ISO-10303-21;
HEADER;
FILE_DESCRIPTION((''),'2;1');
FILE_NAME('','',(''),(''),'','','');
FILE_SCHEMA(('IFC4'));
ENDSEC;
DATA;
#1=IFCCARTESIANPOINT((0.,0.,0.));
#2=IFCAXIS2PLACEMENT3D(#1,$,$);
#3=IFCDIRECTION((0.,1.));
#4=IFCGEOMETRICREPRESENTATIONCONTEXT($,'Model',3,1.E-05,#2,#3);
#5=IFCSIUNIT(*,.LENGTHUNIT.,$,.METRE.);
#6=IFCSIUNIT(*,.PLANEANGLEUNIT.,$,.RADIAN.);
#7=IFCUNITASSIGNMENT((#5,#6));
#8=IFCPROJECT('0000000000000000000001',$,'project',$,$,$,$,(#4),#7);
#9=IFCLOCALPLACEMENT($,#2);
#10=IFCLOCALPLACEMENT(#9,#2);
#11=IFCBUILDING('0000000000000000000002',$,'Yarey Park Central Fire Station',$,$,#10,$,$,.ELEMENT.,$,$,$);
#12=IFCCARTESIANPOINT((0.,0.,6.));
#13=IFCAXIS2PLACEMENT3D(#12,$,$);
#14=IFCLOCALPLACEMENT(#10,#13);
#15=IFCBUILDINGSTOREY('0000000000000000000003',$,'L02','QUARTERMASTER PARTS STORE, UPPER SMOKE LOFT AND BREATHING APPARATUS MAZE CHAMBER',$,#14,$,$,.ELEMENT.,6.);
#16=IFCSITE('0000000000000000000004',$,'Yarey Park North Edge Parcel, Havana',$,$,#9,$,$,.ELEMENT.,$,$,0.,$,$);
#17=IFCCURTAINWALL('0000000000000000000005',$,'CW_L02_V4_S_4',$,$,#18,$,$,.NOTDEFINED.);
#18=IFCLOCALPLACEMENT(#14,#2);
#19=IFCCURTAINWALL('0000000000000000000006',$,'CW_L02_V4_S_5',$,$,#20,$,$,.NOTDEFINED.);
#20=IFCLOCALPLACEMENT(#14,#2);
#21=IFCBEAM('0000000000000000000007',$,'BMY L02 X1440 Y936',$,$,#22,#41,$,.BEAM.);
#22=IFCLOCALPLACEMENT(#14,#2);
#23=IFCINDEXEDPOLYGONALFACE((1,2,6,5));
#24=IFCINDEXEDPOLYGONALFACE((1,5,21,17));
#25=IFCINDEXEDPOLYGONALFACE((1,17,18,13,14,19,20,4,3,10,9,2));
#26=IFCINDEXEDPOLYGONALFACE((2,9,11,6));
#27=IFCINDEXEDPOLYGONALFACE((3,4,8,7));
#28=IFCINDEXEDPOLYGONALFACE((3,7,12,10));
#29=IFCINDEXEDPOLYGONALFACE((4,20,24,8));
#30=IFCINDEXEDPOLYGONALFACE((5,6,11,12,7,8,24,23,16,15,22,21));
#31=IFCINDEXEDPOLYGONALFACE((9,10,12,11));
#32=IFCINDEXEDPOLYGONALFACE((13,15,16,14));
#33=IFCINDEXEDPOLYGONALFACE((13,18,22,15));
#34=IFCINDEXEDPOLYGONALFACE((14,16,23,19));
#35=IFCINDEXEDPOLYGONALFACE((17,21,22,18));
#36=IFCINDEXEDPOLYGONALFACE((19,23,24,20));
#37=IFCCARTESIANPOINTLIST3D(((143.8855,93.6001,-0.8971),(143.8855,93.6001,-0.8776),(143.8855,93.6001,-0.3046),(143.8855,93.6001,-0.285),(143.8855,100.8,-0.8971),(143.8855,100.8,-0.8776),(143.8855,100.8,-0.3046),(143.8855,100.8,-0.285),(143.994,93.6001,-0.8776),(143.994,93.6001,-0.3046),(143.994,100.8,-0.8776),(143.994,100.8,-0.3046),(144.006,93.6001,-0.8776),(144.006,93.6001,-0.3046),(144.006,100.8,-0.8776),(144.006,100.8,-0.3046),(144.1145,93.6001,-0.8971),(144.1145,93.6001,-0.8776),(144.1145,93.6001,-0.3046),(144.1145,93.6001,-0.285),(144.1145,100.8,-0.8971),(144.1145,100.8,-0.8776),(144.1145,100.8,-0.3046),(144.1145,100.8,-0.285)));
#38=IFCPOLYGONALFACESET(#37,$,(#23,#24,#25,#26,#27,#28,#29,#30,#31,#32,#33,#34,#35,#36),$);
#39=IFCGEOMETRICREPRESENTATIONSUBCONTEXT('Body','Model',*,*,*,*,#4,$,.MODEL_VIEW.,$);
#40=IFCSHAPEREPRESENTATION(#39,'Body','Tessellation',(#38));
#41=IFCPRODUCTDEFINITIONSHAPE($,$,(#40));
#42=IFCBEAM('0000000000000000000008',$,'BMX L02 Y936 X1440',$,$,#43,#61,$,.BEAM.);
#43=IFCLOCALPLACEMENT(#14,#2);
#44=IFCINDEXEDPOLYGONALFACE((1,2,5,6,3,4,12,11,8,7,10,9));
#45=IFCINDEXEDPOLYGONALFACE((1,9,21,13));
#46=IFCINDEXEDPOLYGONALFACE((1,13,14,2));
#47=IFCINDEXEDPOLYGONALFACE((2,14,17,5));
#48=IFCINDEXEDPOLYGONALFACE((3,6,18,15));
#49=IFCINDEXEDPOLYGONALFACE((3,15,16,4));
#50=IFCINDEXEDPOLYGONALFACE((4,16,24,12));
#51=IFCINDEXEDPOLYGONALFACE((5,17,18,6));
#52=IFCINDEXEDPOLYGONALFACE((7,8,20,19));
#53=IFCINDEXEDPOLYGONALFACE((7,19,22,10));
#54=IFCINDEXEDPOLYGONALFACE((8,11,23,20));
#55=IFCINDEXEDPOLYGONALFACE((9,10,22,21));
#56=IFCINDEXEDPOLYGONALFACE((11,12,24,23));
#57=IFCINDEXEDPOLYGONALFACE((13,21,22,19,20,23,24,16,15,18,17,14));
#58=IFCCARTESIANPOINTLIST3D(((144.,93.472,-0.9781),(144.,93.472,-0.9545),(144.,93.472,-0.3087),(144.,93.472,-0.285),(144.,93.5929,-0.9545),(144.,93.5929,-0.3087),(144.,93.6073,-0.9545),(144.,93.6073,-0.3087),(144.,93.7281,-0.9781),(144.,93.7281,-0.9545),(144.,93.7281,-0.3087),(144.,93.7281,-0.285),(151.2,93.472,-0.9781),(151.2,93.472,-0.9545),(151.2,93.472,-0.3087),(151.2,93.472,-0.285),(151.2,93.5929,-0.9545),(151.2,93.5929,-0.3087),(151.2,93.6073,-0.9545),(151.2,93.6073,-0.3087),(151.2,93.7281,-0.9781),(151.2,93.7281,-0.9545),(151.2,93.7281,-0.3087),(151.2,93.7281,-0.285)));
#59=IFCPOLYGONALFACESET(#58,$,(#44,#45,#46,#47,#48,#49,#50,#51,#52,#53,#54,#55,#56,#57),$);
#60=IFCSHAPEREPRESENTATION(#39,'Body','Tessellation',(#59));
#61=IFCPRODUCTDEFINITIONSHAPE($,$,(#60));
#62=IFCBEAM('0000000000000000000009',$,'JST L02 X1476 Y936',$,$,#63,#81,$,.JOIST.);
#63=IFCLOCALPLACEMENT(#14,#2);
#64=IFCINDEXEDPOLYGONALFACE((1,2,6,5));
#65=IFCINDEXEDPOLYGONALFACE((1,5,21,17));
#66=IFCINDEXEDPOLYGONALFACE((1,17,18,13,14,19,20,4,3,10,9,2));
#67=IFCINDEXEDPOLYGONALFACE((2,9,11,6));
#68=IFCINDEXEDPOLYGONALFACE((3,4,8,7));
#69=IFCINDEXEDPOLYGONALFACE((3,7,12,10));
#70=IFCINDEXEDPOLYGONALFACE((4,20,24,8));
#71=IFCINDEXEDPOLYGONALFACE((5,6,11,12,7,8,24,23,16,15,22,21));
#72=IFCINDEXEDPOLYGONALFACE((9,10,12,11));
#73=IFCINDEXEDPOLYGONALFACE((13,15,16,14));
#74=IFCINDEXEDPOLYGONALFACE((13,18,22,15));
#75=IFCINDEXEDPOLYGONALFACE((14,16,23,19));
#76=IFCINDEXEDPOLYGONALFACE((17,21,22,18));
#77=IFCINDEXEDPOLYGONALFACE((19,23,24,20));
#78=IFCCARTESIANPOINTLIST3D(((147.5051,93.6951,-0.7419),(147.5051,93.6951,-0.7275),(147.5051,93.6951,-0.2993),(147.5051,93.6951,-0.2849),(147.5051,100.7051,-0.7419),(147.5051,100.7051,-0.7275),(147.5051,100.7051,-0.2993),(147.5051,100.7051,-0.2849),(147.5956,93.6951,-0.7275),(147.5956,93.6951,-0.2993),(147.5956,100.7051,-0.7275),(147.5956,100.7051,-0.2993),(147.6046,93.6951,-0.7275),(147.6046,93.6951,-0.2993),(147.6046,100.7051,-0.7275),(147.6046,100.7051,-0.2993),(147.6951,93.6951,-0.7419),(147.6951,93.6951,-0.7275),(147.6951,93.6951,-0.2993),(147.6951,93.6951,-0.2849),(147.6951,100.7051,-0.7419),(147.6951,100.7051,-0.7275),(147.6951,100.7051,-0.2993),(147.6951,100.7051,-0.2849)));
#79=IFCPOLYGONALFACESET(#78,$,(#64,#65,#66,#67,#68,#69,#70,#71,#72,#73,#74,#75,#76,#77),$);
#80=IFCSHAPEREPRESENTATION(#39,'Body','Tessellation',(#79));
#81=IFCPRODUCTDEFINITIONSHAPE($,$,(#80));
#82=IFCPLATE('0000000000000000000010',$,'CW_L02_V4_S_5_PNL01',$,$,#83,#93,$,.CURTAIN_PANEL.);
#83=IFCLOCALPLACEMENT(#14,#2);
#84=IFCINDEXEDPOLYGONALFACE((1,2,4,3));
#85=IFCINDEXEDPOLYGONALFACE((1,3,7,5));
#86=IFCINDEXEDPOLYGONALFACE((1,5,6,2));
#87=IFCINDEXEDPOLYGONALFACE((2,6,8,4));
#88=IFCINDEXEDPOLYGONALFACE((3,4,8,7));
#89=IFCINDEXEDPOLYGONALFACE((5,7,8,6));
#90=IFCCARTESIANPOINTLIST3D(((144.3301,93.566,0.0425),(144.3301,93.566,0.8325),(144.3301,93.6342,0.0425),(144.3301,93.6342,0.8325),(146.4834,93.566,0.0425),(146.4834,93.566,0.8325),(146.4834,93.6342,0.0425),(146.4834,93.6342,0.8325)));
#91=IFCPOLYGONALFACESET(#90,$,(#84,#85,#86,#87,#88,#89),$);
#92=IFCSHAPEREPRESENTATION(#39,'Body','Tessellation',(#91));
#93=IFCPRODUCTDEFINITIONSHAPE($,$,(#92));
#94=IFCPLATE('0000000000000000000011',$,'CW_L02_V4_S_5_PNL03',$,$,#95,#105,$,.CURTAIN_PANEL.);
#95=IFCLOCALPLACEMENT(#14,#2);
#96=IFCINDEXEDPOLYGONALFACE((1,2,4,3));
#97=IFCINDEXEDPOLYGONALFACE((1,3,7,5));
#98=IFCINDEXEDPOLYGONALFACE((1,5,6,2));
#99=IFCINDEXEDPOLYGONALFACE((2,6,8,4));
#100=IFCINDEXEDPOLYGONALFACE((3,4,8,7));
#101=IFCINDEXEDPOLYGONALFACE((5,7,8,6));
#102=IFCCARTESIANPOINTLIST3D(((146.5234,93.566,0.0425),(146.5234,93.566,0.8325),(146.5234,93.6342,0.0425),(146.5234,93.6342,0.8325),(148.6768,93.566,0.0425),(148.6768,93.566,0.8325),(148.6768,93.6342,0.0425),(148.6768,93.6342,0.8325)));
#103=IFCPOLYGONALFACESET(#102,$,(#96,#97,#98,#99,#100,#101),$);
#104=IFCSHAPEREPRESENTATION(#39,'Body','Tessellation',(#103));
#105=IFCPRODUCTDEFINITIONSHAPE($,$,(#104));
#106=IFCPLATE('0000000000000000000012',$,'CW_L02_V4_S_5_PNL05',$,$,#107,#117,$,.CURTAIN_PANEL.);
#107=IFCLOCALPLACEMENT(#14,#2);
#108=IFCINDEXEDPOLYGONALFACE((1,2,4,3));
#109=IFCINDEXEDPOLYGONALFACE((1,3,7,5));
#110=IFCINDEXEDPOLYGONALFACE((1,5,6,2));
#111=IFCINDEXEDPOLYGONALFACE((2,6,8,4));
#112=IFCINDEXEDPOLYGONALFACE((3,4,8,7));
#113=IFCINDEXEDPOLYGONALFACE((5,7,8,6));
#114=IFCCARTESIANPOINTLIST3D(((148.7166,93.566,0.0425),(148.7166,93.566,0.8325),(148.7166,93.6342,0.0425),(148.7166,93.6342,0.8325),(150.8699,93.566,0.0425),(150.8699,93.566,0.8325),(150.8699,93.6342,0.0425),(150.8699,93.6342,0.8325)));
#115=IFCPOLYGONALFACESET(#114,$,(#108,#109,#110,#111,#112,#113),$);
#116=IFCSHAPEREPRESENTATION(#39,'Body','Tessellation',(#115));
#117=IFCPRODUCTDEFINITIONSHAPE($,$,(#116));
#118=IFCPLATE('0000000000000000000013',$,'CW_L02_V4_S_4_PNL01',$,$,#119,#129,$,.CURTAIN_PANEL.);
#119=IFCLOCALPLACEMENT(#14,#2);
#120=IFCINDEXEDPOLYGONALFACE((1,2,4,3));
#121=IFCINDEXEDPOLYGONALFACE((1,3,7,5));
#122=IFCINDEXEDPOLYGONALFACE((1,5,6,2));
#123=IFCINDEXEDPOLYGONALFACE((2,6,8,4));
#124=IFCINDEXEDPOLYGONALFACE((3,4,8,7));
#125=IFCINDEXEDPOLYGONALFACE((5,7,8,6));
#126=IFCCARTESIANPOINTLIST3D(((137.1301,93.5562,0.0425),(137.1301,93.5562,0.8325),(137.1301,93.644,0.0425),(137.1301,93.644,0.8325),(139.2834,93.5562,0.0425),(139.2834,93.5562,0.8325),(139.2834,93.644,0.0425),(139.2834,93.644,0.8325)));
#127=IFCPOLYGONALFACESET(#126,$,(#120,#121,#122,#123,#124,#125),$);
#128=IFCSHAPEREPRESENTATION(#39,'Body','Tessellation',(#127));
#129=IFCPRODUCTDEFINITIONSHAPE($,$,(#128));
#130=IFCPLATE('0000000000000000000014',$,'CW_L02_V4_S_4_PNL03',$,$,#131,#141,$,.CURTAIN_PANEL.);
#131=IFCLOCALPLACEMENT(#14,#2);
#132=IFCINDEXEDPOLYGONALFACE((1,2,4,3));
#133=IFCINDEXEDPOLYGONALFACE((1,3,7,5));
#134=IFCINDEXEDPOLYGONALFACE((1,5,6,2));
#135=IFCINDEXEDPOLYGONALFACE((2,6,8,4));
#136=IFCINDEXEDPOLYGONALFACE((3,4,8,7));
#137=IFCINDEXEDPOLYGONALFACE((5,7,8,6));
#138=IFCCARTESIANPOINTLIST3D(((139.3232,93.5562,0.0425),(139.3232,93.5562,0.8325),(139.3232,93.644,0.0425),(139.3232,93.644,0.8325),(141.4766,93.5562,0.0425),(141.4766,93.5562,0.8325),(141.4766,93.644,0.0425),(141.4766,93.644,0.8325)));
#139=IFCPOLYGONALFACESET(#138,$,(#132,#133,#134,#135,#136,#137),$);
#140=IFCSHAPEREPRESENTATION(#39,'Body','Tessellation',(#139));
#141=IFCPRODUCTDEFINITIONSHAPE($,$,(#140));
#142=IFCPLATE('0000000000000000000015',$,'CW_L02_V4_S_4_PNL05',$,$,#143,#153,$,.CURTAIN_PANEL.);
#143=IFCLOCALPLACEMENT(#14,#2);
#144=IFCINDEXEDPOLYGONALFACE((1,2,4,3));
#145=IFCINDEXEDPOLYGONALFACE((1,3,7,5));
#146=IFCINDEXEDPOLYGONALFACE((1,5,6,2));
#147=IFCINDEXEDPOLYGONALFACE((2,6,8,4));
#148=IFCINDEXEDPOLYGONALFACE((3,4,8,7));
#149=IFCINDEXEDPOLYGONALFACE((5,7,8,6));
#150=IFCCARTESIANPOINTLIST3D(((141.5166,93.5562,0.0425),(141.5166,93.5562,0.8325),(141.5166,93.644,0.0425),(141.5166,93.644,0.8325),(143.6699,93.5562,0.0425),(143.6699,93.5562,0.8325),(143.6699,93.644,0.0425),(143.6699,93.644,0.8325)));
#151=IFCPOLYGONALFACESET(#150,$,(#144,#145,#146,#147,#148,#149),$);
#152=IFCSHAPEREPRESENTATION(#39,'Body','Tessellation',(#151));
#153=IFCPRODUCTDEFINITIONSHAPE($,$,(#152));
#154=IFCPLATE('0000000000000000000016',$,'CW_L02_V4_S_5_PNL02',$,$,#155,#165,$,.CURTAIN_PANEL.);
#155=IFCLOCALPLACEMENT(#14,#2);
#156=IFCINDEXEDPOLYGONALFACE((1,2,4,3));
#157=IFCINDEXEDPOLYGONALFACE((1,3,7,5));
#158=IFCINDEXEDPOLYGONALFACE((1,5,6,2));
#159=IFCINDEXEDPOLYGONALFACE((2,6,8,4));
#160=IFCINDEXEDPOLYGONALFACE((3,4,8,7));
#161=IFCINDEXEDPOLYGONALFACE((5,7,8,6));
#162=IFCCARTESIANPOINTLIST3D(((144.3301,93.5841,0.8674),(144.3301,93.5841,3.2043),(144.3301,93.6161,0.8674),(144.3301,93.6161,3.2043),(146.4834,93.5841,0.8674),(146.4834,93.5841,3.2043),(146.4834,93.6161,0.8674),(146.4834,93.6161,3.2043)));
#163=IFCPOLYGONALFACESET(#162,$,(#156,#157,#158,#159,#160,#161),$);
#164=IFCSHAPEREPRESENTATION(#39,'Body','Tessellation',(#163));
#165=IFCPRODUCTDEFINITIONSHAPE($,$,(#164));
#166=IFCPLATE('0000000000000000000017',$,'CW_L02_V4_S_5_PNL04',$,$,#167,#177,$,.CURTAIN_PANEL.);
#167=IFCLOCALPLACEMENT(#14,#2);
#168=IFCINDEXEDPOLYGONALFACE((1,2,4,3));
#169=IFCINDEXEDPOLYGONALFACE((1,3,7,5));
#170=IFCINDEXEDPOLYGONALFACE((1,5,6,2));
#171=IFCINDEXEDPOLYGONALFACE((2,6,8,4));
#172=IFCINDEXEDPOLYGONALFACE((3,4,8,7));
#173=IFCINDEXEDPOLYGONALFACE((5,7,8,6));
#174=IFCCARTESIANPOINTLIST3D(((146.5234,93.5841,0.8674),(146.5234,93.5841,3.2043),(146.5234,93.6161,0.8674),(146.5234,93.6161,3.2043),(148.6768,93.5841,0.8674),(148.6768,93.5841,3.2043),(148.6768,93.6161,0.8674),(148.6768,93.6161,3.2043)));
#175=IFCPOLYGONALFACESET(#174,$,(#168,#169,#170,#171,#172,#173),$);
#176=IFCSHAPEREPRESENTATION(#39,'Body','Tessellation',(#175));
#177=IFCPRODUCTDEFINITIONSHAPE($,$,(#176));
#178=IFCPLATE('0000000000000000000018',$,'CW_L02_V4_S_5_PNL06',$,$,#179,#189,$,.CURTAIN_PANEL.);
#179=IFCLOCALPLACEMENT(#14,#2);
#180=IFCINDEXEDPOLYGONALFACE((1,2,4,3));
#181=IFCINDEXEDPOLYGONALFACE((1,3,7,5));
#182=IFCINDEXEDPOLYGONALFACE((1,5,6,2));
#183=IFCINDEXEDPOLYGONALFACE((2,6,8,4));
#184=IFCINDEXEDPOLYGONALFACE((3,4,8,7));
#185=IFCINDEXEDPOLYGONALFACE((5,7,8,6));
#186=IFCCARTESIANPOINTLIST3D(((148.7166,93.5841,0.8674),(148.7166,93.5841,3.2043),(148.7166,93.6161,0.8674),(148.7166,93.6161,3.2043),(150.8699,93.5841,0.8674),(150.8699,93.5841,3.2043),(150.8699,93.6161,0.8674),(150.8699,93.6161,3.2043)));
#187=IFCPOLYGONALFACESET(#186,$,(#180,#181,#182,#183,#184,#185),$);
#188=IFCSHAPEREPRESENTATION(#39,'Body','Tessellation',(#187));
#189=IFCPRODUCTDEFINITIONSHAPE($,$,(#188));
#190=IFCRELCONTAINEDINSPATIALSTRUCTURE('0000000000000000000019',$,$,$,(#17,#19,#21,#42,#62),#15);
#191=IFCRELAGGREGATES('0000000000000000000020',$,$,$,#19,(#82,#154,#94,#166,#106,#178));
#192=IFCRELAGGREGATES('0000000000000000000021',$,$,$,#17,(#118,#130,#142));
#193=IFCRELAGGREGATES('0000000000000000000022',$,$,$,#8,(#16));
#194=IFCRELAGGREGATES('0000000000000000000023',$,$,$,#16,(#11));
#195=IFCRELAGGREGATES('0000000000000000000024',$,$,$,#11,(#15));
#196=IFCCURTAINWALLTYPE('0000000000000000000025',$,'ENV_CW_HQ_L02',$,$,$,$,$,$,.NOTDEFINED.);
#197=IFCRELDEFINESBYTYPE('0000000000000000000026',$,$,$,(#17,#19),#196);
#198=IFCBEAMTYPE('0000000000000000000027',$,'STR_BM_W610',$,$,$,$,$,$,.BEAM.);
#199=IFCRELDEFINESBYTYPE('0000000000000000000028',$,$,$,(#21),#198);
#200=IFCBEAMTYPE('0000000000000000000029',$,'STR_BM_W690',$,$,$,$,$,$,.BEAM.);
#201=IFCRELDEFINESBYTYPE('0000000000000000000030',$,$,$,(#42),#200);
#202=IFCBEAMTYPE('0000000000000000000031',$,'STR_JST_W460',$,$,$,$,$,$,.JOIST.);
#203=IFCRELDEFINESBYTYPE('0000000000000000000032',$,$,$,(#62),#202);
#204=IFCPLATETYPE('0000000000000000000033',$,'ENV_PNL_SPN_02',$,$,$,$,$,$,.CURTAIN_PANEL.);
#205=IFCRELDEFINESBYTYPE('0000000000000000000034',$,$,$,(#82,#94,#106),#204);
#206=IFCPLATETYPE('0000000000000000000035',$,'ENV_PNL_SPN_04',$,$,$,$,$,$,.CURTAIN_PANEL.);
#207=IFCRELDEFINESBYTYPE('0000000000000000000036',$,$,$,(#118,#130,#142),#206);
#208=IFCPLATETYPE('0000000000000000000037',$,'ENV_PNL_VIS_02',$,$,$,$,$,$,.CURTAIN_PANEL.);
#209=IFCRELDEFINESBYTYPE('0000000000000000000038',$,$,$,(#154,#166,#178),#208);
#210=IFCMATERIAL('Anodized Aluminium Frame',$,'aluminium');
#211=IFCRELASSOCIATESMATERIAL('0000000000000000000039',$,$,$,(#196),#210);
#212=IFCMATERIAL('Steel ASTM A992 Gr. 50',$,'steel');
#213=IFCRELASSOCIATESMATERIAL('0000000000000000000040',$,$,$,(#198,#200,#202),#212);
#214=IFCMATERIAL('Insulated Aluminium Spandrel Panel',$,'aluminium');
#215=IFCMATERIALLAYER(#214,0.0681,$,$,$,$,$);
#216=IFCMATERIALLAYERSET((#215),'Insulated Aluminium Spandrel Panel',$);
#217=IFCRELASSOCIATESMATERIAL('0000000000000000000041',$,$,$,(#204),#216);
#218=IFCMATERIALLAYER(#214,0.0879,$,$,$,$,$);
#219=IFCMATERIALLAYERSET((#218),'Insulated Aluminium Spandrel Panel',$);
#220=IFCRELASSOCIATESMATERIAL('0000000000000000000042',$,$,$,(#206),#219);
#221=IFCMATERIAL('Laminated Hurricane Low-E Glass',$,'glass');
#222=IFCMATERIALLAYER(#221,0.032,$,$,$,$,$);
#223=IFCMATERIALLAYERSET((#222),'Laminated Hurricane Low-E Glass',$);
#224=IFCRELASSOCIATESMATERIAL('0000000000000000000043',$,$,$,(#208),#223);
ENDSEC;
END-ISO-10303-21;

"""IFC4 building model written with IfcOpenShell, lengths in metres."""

from ifc_helpers import new_model, si_unit, direction, frame, origin, origin_2d, place, context, subcontext, project, spatial, rectangle, i_section, extrude, material, layer, layer_set, material_profile, profile_set, type_object, element, aggregate, save


model = new_model("IFC4")

# Units and contexts
model_context = context("Model", 3, precision=1e-05, world=origin(), true_north=direction((0.0, 1.0)))
body_context = subcontext(model_context, "Body", "Model", "MODEL_VIEW")
ifc_project = project(units=[si_unit("LENGTHUNIT", "METRE"), si_unit("PLANEANGLEUNIT", "RADIAN")], contexts=[model_context])

# Site, building, storey
site_placement = place(None, origin())
site = spatial("IfcSite", under=ifc_project, at=site_placement, Name="Yarey Park North Edge Parcel, Havana", CompositionType="ELEMENT", RefElevation=0.0)
building_placement = place(site_placement, origin())
building = spatial("IfcBuilding", under=site, at=building_placement, Name="Yarey Park Central Fire Station", CompositionType="ELEMENT")
storey_placement = place(building_placement, frame((0.0, 0.0, 6.0)))
storey = spatial("IfcBuildingStorey", under=building, at=storey_placement, Name="L02", Description="QUARTERMASTER PARTS STORE, UPPER SMOKE LOFT AND BREATHING APPARATUS MAZE CHAMBER", CompositionType="ELEMENT", Elevation=6.0)

# Curtain walls
ifc_material_1 = material(Name="Anodized Aluminium Frame", Category="aluminium")
curtain_wall_type = type_object("IfcCurtainWallType", Name="ENV_CW_HQ_L02", PredefinedType="NOTDEFINED", material=ifc_material_1)
curtain_wall_1_placement = place(storey_placement, origin())
curtain_wall_1 = element("IfcCurtainWall", 1, at=curtain_wall_1_placement, inside=storey, type_object=curtain_wall_type, Name="CW_L02_V4_S_4", PredefinedType="NOTDEFINED")
curtain_wall_2_placement = place(storey_placement, origin())
curtain_wall_2 = element("IfcCurtainWall", 2, at=curtain_wall_2_placement, inside=storey, type_object=curtain_wall_type, Name="CW_L02_V4_S_5", PredefinedType="NOTDEFINED")

# Beams
ifc_material_2 = material(Name="Steel ASTM A992 Gr. 50", Category="steel")
ifc_material_profile_1 = material_profile(ifc_material_2, i_section(OverallWidth=0.229, OverallDepth=0.6121, WebThickness=0.012, FlangeThickness=0.0195, at=origin_2d()), Name="W610x125")
ifc_profile_set_1 = profile_set([ifc_material_profile_1], Name="Steel ASTM A992 Gr. 50")
beam_type_1 = type_object("IfcBeamType", Name="STR_BM_W610", PredefinedType="BEAM", material=ifc_profile_set_1)
beam_1_placement = place(storey_placement, frame((144.0, 93.6001, -0.5911), z_axis=(0.0, 1.0, 0.0), x_axis=(-1.0, 0.0, 0.0)))
element("IfcBeam", 3, at=beam_1_placement, inside=storey, type_object=beam_type_1, Name="BMY L02 X1440 Y936", PredefinedType="BEAM", context=body_context, shape_type="SweptSolid", body=[
    extrude(i_section(OverallWidth=0.229, OverallDepth=0.6121, WebThickness=0.012, FlangeThickness=0.0195, at=origin_2d()), origin(), (0.0, 0.0, 1.0), 7.2),
])
ifc_material_profile_2 = material_profile(ifc_material_2, i_section(OverallWidth=0.2561, OverallDepth=0.6931, WebThickness=0.0144, FlangeThickness=0.0237, at=origin_2d()), Name="W690x170")
ifc_profile_set_2 = profile_set([ifc_material_profile_2], Name="Steel ASTM A992 Gr. 50")
beam_type_2 = type_object("IfcBeamType", Name="STR_BM_W690", PredefinedType="BEAM", material=ifc_profile_set_2)
beam_2_placement = place(storey_placement, frame((144.0, 93.6001, -0.6316), z_axis=(1.0, 0.0, 0.0), x_axis=(0.0, 1.0, 0.0)))
element("IfcBeam", 4, at=beam_2_placement, inside=storey, type_object=beam_type_2, Name="BMX L02 Y936 X1440", PredefinedType="BEAM", context=body_context, shape_type="SweptSolid", body=[
    extrude(i_section(OverallWidth=0.2561, OverallDepth=0.6931, WebThickness=0.0144, FlangeThickness=0.0237, at=origin_2d()), origin(), (0.0, 0.0, 1.0), 7.2),
])
ifc_material_profile_3 = material_profile(ifc_material_2, i_section(OverallWidth=0.1899, OverallDepth=0.457, WebThickness=0.009, FlangeThickness=0.0144, at=origin_2d()), Name="W460x74")
ifc_profile_set_3 = profile_set([ifc_material_profile_3], Name="Steel ASTM A992 Gr. 50")
beam_type_3 = type_object("IfcBeamType", Name="STR_JST_W460", PredefinedType="JOIST", material=ifc_profile_set_3)
beam_3_placement = place(storey_placement, frame((147.6001, 93.6951, -0.5134), z_axis=(0.0, 1.0, 0.0), x_axis=(-1.0, 0.0, 0.0)))
element("IfcBeam", 5, at=beam_3_placement, inside=storey, type_object=beam_type_3, Name="JST L02 X1476 Y936", PredefinedType="JOIST", context=body_context, shape_type="SweptSolid", body=[
    extrude(i_section(OverallWidth=0.1899, OverallDepth=0.457, WebThickness=0.009, FlangeThickness=0.0144, at=origin_2d()), origin(), (0.0, 0.0, 1.0), 7.01),
])

# Plates
ifc_material_3 = material(Name="Insulated Aluminium Spandrel Panel", Category="aluminium")
ifc_layer_1 = layer(ifc_material_3, 0.0681)
ifc_layer_set_1 = layer_set([ifc_layer_1], Name="Insulated Aluminium Spandrel Panel")
plate_type_1 = type_object("IfcPlateType", Name="ENV_PNL_SPN_02", PredefinedType="CURTAIN_PANEL", material=ifc_layer_set_1)
plate_1_placement = place(storey_placement, frame((145.4067, 93.6001, 0.0425), z_axis=(0.0, 0.0, 1.0), x_axis=(1.0, 0.0, 0.0)))
plate_1 = element("IfcPlate", 6, at=plate_1_placement, type_object=plate_type_1, Name="CW_L02_V4_S_5_PNL01", PredefinedType="CURTAIN_PANEL", context=body_context, shape_type="SweptSolid", body=[
    extrude(rectangle(XDim=2.1533, YDim=0.0681, at=origin_2d()), origin(), (0.0, 0.0, 1.0), 0.79),
])
plate_2_placement = place(storey_placement, frame((147.6001, 93.6001, 0.0425), z_axis=(0.0, 0.0, 1.0), x_axis=(1.0, 0.0, 0.0)))
plate_2 = element("IfcPlate", 7, at=plate_2_placement, type_object=plate_type_1, Name="CW_L02_V4_S_5_PNL03", PredefinedType="CURTAIN_PANEL", context=body_context, shape_type="SweptSolid", body=[
    extrude(rectangle(XDim=2.1533, YDim=0.0681, at=origin_2d()), origin(), (0.0, 0.0, 1.0), 0.79),
])
plate_3_placement = place(storey_placement, frame((149.7932, 93.6001, 0.0425), z_axis=(0.0, 0.0, 1.0), x_axis=(1.0, 0.0, 0.0)))
plate_3 = element("IfcPlate", 8, at=plate_3_placement, type_object=plate_type_1, Name="CW_L02_V4_S_5_PNL05", PredefinedType="CURTAIN_PANEL", context=body_context, shape_type="SweptSolid", body=[
    extrude(rectangle(XDim=2.1533, YDim=0.0681, at=origin_2d()), origin(), (0.0, 0.0, 1.0), 0.79),
])
ifc_layer_2 = layer(ifc_material_3, 0.0879)
ifc_layer_set_2 = layer_set([ifc_layer_2], Name="Insulated Aluminium Spandrel Panel")
plate_type_2 = type_object("IfcPlateType", Name="ENV_PNL_SPN_04", PredefinedType="CURTAIN_PANEL", material=ifc_layer_set_2)
plate_4_placement = place(storey_placement, frame((138.2068, 93.6001, 0.0425), z_axis=(0.0, 0.0, 1.0), x_axis=(1.0, 0.0, 0.0)))
plate_4 = element("IfcPlate", 9, at=plate_4_placement, type_object=plate_type_2, Name="CW_L02_V4_S_4_PNL01", PredefinedType="CURTAIN_PANEL", context=body_context, shape_type="SweptSolid", body=[
    extrude(rectangle(XDim=2.1533, YDim=0.0879, at=origin_2d()), origin(), (0.0, 0.0, 1.0), 0.79),
])
plate_5_placement = place(storey_placement, frame((140.3999, 93.6001, 0.0425), z_axis=(0.0, 0.0, 1.0), x_axis=(1.0, 0.0, 0.0)))
plate_5 = element("IfcPlate", 10, at=plate_5_placement, type_object=plate_type_2, Name="CW_L02_V4_S_4_PNL03", PredefinedType="CURTAIN_PANEL", context=body_context, shape_type="SweptSolid", body=[
    extrude(rectangle(XDim=2.1533, YDim=0.0879, at=origin_2d()), origin(), (0.0, 0.0, 1.0), 0.79),
])
plate_6_placement = place(storey_placement, frame((142.5933, 93.6001, 0.0425), z_axis=(0.0, 0.0, 1.0), x_axis=(1.0, 0.0, 0.0)))
plate_6 = element("IfcPlate", 11, at=plate_6_placement, type_object=plate_type_2, Name="CW_L02_V4_S_4_PNL05", PredefinedType="CURTAIN_PANEL", context=body_context, shape_type="SweptSolid", body=[
    extrude(rectangle(XDim=2.1533, YDim=0.0879, at=origin_2d()), origin(), (0.0, 0.0, 1.0), 0.79),
])
ifc_material_4 = material(Name="Laminated Hurricane Low-E Glass", Category="glass")
ifc_layer_3 = layer(ifc_material_4, 0.032)
ifc_layer_set_3 = layer_set([ifc_layer_3], Name="Laminated Hurricane Low-E Glass")
plate_type_3 = type_object("IfcPlateType", Name="ENV_PNL_VIS_02", PredefinedType="CURTAIN_PANEL", material=ifc_layer_set_3)
plate_7_placement = place(storey_placement, frame((145.4067, 93.6001, 0.8674), z_axis=(0.0, 0.0, 1.0), x_axis=(1.0, 0.0, 0.0)))
plate_7 = element("IfcPlate", 12, at=plate_7_placement, type_object=plate_type_3, Name="CW_L02_V4_S_5_PNL02", PredefinedType="CURTAIN_PANEL", context=body_context, shape_type="SweptSolid", body=[
    extrude(rectangle(XDim=2.1533, YDim=0.032, at=origin_2d()), origin(), (0.0, 0.0, 1.0), 2.3369),
])
plate_8_placement = place(storey_placement, frame((147.6001, 93.6001, 0.8674), z_axis=(0.0, 0.0, 1.0), x_axis=(1.0, 0.0, 0.0)))
plate_8 = element("IfcPlate", 13, at=plate_8_placement, type_object=plate_type_3, Name="CW_L02_V4_S_5_PNL04", PredefinedType="CURTAIN_PANEL", context=body_context, shape_type="SweptSolid", body=[
    extrude(rectangle(XDim=2.1533, YDim=0.032, at=origin_2d()), origin(), (0.0, 0.0, 1.0), 2.3369),
])
plate_9_placement = place(storey_placement, frame((149.7932, 93.6001, 0.8674), z_axis=(0.0, 0.0, 1.0), x_axis=(1.0, 0.0, 0.0)))
plate_9 = element("IfcPlate", 14, at=plate_9_placement, type_object=plate_type_3, Name="CW_L02_V4_S_5_PNL06", PredefinedType="CURTAIN_PANEL", context=body_context, shape_type="SweptSolid", body=[
    extrude(rectangle(XDim=2.1533, YDim=0.032, at=origin_2d()), origin(), (0.0, 0.0, 1.0), 2.3369),
])
aggregate(curtain_wall_2, [plate_1, plate_7, plate_2, plate_8, plate_3, plate_9])
aggregate(curtain_wall_1, [plate_4, plate_5, plate_6])

save(model, "model.ifc")
